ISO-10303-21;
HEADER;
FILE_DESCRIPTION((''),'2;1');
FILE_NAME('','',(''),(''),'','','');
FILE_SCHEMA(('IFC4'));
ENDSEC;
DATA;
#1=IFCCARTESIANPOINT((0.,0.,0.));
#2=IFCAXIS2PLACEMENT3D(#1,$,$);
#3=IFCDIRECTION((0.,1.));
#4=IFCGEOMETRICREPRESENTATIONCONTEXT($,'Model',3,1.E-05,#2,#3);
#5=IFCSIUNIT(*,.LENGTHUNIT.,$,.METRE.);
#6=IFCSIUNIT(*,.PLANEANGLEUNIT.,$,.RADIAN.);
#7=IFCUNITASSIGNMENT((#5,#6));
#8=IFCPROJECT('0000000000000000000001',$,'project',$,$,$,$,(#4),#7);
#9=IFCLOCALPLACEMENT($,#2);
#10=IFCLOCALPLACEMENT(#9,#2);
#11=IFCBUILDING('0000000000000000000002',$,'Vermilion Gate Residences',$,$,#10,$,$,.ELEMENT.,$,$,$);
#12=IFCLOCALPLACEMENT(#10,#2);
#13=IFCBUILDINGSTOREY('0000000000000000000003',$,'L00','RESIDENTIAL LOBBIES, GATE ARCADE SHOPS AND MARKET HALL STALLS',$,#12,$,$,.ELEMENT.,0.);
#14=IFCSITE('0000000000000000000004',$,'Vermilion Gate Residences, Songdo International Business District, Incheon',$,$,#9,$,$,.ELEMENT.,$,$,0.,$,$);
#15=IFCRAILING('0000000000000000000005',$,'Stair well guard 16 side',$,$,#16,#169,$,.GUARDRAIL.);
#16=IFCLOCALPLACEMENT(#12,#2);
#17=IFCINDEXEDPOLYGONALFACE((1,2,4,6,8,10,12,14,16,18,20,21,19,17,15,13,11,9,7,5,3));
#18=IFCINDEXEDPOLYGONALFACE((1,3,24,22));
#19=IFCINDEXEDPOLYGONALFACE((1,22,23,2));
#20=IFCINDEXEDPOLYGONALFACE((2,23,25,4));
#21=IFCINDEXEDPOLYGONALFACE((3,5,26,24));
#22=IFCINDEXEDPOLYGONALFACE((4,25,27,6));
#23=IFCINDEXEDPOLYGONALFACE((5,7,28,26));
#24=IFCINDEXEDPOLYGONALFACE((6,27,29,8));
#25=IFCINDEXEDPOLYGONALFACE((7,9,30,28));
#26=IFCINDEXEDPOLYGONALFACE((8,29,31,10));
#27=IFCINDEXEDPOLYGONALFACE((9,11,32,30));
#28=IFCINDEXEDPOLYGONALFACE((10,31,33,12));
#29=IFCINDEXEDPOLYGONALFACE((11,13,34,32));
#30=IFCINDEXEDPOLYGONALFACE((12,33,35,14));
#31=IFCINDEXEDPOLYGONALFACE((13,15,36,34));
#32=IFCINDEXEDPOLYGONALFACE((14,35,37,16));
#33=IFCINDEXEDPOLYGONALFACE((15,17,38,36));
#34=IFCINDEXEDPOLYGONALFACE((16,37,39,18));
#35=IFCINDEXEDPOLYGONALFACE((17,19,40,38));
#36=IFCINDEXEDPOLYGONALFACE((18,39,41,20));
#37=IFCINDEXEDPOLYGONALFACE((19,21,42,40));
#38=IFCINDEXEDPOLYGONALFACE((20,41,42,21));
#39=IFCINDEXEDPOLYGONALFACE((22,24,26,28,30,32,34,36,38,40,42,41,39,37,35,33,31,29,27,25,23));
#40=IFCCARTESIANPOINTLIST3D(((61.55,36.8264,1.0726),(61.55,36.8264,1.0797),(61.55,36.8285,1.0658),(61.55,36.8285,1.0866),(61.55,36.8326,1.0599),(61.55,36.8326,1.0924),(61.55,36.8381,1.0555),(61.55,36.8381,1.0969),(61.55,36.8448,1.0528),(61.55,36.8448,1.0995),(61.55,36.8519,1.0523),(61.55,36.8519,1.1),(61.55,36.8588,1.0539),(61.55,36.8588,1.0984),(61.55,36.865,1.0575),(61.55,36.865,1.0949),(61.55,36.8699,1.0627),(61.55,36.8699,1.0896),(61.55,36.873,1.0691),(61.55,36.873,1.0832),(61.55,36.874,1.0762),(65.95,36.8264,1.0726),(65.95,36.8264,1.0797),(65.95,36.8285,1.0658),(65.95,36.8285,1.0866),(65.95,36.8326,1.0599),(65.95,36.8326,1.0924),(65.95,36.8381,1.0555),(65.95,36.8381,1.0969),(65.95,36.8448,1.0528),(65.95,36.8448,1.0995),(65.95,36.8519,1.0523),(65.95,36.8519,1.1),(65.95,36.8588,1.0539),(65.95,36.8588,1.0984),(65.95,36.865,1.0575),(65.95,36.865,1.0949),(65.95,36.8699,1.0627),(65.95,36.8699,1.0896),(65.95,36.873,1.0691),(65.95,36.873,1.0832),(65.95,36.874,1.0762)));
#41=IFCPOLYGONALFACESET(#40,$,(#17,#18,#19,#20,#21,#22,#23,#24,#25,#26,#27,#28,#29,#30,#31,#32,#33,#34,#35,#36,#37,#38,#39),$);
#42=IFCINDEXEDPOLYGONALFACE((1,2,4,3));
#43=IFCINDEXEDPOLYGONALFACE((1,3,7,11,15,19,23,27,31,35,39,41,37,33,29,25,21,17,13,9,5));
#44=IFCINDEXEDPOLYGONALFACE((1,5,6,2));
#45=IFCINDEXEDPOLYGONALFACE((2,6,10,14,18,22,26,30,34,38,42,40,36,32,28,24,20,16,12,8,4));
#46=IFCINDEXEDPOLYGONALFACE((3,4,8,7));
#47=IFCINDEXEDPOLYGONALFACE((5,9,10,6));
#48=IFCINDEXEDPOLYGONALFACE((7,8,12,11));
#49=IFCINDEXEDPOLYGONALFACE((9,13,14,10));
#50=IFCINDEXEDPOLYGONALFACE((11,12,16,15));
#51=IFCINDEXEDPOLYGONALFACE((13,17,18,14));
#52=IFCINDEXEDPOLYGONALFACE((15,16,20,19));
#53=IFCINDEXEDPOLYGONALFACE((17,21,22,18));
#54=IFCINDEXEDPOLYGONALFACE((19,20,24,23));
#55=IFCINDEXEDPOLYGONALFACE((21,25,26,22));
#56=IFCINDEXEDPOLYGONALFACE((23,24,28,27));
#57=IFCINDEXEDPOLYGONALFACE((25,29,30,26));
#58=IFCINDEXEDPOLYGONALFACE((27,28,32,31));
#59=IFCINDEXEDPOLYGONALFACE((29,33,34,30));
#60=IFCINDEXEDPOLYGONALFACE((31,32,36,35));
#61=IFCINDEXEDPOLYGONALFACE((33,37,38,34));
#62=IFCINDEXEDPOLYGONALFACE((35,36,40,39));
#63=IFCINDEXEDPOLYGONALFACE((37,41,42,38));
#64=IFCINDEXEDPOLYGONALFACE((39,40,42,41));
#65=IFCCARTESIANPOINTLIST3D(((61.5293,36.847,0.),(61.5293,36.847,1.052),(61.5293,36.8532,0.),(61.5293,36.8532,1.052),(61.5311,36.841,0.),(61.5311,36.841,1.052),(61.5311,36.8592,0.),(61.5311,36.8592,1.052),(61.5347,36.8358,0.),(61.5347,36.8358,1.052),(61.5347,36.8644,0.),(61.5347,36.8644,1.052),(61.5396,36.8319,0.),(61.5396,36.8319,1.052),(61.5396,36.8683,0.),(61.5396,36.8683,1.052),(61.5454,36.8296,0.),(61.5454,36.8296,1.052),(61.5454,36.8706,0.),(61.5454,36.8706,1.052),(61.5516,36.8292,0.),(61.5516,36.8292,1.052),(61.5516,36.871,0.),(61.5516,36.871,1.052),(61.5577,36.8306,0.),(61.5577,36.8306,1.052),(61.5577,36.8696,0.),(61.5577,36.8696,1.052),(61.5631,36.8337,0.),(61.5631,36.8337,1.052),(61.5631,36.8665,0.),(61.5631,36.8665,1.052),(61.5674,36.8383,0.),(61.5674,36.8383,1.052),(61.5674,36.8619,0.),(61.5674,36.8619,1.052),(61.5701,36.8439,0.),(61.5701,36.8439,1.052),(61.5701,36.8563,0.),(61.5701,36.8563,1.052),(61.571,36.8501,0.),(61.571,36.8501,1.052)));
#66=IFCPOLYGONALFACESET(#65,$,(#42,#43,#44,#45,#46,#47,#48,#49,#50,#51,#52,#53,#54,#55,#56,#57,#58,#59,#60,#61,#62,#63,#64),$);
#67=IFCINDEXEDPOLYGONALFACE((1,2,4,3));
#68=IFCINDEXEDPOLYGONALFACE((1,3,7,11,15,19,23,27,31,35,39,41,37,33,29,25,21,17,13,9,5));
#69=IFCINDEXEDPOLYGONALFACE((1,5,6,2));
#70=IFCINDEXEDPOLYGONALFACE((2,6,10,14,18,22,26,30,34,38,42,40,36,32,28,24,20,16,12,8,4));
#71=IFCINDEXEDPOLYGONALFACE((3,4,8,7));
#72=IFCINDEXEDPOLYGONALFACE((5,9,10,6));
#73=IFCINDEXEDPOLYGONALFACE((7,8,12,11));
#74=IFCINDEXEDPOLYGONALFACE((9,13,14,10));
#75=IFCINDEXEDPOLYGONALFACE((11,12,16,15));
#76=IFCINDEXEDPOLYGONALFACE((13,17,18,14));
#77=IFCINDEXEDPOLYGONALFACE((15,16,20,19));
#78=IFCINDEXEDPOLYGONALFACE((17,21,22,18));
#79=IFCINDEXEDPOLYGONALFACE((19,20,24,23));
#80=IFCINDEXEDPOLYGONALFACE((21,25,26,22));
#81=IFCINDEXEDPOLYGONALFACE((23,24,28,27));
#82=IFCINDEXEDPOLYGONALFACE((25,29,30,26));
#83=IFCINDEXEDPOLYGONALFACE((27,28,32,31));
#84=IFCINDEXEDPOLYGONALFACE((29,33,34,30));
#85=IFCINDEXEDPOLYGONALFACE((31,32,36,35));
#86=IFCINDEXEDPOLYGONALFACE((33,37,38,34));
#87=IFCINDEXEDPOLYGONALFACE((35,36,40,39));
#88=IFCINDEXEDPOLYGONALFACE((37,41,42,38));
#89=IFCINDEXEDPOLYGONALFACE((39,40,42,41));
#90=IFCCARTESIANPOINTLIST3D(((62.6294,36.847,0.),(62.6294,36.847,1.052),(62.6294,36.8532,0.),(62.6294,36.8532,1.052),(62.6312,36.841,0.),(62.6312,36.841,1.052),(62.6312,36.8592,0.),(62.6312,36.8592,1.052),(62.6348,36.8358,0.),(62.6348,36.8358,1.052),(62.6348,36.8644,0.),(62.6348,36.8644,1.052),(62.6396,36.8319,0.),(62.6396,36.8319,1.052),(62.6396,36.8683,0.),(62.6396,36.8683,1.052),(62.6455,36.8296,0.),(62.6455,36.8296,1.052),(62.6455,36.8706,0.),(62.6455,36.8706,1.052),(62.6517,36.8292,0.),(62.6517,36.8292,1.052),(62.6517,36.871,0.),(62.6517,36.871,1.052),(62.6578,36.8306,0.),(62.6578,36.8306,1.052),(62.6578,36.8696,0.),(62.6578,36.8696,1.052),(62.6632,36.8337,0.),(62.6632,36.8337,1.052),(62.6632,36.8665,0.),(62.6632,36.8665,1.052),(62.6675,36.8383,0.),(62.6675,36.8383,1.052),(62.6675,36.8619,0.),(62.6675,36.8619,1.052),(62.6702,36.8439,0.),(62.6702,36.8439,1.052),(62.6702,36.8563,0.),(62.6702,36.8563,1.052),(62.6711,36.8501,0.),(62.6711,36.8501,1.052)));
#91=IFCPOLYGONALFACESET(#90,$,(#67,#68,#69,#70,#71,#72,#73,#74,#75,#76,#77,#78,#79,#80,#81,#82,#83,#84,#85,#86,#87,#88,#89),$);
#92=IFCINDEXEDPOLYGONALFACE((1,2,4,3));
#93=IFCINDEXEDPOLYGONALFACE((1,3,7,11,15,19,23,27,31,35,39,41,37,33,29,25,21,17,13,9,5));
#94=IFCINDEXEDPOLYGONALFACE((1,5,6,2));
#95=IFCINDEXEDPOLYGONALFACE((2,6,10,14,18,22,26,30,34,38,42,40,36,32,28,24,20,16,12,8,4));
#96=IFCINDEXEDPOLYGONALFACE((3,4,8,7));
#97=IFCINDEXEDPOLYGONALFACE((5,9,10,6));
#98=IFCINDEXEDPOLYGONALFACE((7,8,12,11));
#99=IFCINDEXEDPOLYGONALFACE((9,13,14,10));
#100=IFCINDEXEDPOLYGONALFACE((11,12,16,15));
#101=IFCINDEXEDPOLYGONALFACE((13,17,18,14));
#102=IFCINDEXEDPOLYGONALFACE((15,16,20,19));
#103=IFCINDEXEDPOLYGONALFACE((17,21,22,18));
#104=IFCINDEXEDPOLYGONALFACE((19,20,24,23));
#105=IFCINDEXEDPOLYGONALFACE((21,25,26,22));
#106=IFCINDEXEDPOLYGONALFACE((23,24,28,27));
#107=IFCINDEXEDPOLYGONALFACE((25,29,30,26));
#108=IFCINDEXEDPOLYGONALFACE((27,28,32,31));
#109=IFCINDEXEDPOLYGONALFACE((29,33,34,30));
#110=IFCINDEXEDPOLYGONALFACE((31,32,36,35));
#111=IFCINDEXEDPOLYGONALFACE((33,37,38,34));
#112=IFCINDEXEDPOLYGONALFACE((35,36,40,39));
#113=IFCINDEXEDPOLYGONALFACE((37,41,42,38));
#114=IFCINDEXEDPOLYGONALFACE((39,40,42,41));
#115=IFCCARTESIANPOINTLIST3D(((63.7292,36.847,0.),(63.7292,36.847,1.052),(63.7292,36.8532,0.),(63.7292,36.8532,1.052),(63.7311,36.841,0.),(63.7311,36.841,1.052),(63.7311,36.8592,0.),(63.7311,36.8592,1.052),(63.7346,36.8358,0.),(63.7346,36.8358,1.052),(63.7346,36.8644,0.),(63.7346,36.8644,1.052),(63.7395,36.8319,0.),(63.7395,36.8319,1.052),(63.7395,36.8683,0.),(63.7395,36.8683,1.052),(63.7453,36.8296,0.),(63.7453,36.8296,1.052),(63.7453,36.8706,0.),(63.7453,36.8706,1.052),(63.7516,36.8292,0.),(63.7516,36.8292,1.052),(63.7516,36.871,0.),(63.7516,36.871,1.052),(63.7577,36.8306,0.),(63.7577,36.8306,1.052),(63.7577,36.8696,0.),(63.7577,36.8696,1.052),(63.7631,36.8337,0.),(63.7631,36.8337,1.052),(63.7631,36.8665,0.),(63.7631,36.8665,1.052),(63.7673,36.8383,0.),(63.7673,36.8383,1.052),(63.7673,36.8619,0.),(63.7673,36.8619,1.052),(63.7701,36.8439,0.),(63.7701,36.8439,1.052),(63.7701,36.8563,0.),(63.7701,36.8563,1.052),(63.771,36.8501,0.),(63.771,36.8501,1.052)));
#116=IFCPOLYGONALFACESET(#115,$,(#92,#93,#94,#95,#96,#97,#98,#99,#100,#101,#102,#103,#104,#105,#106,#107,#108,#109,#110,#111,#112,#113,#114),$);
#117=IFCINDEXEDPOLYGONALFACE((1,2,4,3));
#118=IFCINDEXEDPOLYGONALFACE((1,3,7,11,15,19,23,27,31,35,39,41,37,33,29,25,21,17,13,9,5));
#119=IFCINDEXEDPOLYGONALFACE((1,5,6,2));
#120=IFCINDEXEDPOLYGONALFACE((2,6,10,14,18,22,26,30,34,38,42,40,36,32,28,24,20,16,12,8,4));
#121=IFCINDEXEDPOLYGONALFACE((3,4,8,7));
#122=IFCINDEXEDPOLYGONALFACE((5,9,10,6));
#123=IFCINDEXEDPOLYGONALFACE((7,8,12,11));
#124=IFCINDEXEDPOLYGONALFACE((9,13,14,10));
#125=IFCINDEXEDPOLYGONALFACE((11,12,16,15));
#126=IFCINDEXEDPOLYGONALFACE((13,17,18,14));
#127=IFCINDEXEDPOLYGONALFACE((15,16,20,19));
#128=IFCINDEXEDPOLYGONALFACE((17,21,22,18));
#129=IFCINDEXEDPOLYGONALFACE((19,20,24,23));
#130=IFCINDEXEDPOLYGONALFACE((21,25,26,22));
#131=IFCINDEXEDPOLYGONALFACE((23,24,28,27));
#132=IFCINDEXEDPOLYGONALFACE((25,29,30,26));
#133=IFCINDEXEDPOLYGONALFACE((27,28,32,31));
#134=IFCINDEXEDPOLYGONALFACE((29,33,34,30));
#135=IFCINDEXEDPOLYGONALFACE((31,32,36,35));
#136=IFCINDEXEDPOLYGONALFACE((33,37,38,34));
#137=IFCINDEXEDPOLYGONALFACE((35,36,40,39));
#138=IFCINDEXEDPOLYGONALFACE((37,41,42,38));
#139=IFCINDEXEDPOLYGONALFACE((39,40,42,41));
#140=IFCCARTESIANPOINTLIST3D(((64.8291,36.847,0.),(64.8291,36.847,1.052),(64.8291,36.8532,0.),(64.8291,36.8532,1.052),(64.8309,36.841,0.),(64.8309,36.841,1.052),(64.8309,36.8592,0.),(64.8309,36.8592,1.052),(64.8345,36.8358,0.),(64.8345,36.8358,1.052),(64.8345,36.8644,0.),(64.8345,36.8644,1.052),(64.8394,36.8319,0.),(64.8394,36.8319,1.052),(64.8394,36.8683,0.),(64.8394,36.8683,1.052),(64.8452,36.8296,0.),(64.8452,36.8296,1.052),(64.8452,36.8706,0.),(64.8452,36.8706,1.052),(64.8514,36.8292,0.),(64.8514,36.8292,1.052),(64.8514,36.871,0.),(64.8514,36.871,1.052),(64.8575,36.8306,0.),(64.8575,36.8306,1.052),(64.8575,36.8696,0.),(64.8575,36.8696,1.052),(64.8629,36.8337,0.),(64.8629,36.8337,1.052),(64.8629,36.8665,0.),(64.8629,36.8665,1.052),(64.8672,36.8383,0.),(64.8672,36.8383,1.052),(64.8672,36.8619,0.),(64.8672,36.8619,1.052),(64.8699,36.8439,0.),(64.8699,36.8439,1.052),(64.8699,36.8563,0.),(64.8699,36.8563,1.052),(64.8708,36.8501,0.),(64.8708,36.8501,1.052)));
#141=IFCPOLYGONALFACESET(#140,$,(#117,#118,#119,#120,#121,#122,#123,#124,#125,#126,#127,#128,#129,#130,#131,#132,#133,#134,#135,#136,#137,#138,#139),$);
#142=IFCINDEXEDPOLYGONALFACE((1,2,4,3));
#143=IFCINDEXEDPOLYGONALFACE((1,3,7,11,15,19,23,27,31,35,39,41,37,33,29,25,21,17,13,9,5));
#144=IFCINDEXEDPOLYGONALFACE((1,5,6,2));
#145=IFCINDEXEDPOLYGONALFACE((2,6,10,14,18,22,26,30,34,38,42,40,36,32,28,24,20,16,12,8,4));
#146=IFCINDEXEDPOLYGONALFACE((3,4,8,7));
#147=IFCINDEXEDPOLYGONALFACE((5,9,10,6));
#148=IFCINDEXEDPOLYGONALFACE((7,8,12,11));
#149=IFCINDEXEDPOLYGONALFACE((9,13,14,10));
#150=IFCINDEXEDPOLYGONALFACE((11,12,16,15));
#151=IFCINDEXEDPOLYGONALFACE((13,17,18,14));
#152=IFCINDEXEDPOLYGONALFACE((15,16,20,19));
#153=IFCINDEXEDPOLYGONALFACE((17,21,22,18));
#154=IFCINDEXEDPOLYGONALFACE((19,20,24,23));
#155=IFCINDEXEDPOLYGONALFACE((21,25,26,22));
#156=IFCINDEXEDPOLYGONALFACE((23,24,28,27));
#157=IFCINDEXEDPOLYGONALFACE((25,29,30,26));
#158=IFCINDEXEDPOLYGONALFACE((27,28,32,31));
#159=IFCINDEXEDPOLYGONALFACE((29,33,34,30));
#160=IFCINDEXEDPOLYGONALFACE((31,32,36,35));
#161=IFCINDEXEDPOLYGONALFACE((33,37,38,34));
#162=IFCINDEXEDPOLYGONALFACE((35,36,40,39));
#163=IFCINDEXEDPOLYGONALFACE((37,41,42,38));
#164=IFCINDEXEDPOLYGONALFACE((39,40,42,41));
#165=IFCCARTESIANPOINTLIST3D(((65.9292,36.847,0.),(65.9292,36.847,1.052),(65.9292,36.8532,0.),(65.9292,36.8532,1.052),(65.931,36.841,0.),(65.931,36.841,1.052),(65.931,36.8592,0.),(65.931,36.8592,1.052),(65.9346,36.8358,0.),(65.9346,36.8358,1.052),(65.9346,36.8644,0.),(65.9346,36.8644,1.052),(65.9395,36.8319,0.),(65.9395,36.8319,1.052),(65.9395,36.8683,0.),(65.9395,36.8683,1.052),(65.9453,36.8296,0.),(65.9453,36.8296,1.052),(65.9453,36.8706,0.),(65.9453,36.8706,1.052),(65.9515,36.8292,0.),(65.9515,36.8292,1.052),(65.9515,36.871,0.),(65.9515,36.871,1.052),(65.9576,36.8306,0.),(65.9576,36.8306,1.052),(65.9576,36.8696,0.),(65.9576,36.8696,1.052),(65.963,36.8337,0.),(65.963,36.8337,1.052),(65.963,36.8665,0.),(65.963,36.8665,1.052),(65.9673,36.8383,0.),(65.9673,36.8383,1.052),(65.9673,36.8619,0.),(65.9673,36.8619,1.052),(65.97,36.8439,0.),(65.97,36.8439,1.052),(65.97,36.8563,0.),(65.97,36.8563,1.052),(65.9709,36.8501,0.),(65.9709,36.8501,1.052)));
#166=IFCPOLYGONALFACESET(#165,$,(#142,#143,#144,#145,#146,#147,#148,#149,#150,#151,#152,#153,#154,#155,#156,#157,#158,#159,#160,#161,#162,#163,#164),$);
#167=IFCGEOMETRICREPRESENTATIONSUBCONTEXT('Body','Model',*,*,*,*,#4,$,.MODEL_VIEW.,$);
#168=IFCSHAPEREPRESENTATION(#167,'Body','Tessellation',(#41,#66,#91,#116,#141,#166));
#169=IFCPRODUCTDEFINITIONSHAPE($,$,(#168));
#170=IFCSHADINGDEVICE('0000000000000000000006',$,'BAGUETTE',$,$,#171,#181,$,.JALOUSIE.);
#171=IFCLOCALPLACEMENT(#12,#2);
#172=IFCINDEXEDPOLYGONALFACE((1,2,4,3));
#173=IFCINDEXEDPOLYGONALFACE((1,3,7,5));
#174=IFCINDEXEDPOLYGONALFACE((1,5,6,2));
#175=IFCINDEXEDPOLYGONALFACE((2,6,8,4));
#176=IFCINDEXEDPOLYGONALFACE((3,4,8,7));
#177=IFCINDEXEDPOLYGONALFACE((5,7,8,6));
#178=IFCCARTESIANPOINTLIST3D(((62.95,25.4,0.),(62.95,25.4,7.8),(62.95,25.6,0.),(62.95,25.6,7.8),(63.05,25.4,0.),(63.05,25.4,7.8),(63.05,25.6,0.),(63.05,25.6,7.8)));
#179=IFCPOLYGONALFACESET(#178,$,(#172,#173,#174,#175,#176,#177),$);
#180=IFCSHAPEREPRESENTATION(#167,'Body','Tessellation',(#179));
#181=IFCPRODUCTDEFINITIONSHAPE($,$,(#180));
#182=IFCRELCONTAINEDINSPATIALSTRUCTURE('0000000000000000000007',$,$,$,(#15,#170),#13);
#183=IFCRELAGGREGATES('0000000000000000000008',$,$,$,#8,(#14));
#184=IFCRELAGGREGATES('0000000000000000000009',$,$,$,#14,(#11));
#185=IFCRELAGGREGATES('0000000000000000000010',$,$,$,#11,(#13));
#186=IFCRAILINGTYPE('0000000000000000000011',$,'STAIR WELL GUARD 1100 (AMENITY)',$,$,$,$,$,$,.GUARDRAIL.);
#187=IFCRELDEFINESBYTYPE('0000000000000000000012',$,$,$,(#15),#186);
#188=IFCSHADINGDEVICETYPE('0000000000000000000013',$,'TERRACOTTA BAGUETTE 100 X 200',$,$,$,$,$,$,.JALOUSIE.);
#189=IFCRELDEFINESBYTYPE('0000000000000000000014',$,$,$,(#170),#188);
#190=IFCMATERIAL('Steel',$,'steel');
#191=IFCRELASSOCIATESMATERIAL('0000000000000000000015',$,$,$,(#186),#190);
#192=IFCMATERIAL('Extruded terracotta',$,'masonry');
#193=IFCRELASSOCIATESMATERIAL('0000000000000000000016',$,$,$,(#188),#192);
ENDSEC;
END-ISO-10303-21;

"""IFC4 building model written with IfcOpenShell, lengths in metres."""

from ifc_helpers import new_model, si_unit, direction, frame, origin, origin_2d, place, context, subcontext, project, spatial, rectangle, circle, extrude, material, material_profile, profile_set, type_object, element, save


model = new_model("IFC4")

# Units and contexts
model_context = context("Model", 3, precision=1e-05, world=origin(), true_north=direction((0.0, 1.0)))
body_context = subcontext(model_context, "Body", "Model", "MODEL_VIEW")
ifc_project = project(units=[si_unit("LENGTHUNIT", "METRE"), si_unit("PLANEANGLEUNIT", "RADIAN")], contexts=[model_context])

# Site, building, storey
site_placement = place(None, origin())
site = spatial("IfcSite", under=ifc_project, at=site_placement, Name="Vermilion Gate Residences, Songdo International Business District, Incheon", CompositionType="ELEMENT", RefElevation=0.0)
building_placement = place(site_placement, origin())
building = spatial("IfcBuilding", under=site, at=building_placement, Name="Vermilion Gate Residences", CompositionType="ELEMENT")
storey_placement = place(building_placement, origin())
storey = spatial("IfcBuildingStorey", under=building, at=storey_placement, Name="L00", Description="RESIDENTIAL LOBBIES, GATE ARCADE SHOPS AND MARKET HALL STALLS", CompositionType="ELEMENT", Elevation=0.0)

# Railing
ifc_material_1 = material(Name="Steel", Category="steel")
railing_type = type_object("IfcRailingType", Name="STAIR WELL GUARD 1100 (AMENITY)", PredefinedType="GUARDRAIL", material=ifc_material_1)
railing_1_placement = place(storey_placement, frame((61.55, 36.8501, 0.0)))
element("IfcRailing", 1, at=railing_1_placement, inside=storey, type_object=railing_type, Name="Stair well guard 16 side", PredefinedType="GUARDRAIL", context=body_context, shape_type="SweptSolid", body=[
    extrude(circle(Radius=0.0239, at=origin_2d()), frame((0.0, 0.0, 1.0762), z_axis=(1.0, 0.0, 0.0), x_axis=(0.0, 1.0, 0.0)), (0.0, 0.0, 1.0), 4.3999),
    extrude(circle(Radius=0.021, at=origin_2d()), origin(), (0.0, 0.0, 1.0), 1.052),
    extrude(circle(Radius=0.021, at=origin_2d()), frame((1.1001, 0.0, 0.0)), (0.0, 0.0, 1.0), 1.052),
    extrude(circle(Radius=0.021, at=origin_2d()), frame((2.2, 0.0, 0.0)), (0.0, 0.0, 1.0), 1.052),
    extrude(circle(Radius=0.021, at=origin_2d()), frame((3.2998, 0.0, 0.0)), (0.0, 0.0, 1.0), 1.052),
    extrude(circle(Radius=0.021, at=origin_2d()), frame((4.3999, 0.0, 0.0)), (0.0, 0.0, 1.0), 1.052),
])

# Shading device
ifc_material_2 = material(Name="Extruded terracotta", Category="masonry")
ifc_material_profile_1 = material_profile(ifc_material_2, rectangle(XDim=0.2, YDim=0.1001, at=origin_2d()), Name="BAGUETTE 100 X 200")
ifc_profile_set_1 = profile_set([ifc_material_profile_1], Name="Extruded terracotta")
shading_device_type = type_object("IfcShadingDeviceType", Name="TERRACOTTA BAGUETTE 100 X 200", PredefinedType="JALOUSIE", material=ifc_profile_set_1)
shading_device_placement = place(storey_placement, frame((63.0, 25.5, 0.0), z_axis=(0.0, 0.0, 1.0), x_axis=(0.0, -1.0, 0.0)))
element("IfcShadingDevice", 2, at=shading_device_placement, inside=storey, type_object=shading_device_type, Name="BAGUETTE", PredefinedType="JALOUSIE", context=body_context, shape_type="SweptSolid", body=[
    extrude(rectangle(XDim=0.2, YDim=0.1001, at=origin_2d()), origin(), (0.0, 0.0, 1.0), 7.8),
])

save(model, "model.ifc")
